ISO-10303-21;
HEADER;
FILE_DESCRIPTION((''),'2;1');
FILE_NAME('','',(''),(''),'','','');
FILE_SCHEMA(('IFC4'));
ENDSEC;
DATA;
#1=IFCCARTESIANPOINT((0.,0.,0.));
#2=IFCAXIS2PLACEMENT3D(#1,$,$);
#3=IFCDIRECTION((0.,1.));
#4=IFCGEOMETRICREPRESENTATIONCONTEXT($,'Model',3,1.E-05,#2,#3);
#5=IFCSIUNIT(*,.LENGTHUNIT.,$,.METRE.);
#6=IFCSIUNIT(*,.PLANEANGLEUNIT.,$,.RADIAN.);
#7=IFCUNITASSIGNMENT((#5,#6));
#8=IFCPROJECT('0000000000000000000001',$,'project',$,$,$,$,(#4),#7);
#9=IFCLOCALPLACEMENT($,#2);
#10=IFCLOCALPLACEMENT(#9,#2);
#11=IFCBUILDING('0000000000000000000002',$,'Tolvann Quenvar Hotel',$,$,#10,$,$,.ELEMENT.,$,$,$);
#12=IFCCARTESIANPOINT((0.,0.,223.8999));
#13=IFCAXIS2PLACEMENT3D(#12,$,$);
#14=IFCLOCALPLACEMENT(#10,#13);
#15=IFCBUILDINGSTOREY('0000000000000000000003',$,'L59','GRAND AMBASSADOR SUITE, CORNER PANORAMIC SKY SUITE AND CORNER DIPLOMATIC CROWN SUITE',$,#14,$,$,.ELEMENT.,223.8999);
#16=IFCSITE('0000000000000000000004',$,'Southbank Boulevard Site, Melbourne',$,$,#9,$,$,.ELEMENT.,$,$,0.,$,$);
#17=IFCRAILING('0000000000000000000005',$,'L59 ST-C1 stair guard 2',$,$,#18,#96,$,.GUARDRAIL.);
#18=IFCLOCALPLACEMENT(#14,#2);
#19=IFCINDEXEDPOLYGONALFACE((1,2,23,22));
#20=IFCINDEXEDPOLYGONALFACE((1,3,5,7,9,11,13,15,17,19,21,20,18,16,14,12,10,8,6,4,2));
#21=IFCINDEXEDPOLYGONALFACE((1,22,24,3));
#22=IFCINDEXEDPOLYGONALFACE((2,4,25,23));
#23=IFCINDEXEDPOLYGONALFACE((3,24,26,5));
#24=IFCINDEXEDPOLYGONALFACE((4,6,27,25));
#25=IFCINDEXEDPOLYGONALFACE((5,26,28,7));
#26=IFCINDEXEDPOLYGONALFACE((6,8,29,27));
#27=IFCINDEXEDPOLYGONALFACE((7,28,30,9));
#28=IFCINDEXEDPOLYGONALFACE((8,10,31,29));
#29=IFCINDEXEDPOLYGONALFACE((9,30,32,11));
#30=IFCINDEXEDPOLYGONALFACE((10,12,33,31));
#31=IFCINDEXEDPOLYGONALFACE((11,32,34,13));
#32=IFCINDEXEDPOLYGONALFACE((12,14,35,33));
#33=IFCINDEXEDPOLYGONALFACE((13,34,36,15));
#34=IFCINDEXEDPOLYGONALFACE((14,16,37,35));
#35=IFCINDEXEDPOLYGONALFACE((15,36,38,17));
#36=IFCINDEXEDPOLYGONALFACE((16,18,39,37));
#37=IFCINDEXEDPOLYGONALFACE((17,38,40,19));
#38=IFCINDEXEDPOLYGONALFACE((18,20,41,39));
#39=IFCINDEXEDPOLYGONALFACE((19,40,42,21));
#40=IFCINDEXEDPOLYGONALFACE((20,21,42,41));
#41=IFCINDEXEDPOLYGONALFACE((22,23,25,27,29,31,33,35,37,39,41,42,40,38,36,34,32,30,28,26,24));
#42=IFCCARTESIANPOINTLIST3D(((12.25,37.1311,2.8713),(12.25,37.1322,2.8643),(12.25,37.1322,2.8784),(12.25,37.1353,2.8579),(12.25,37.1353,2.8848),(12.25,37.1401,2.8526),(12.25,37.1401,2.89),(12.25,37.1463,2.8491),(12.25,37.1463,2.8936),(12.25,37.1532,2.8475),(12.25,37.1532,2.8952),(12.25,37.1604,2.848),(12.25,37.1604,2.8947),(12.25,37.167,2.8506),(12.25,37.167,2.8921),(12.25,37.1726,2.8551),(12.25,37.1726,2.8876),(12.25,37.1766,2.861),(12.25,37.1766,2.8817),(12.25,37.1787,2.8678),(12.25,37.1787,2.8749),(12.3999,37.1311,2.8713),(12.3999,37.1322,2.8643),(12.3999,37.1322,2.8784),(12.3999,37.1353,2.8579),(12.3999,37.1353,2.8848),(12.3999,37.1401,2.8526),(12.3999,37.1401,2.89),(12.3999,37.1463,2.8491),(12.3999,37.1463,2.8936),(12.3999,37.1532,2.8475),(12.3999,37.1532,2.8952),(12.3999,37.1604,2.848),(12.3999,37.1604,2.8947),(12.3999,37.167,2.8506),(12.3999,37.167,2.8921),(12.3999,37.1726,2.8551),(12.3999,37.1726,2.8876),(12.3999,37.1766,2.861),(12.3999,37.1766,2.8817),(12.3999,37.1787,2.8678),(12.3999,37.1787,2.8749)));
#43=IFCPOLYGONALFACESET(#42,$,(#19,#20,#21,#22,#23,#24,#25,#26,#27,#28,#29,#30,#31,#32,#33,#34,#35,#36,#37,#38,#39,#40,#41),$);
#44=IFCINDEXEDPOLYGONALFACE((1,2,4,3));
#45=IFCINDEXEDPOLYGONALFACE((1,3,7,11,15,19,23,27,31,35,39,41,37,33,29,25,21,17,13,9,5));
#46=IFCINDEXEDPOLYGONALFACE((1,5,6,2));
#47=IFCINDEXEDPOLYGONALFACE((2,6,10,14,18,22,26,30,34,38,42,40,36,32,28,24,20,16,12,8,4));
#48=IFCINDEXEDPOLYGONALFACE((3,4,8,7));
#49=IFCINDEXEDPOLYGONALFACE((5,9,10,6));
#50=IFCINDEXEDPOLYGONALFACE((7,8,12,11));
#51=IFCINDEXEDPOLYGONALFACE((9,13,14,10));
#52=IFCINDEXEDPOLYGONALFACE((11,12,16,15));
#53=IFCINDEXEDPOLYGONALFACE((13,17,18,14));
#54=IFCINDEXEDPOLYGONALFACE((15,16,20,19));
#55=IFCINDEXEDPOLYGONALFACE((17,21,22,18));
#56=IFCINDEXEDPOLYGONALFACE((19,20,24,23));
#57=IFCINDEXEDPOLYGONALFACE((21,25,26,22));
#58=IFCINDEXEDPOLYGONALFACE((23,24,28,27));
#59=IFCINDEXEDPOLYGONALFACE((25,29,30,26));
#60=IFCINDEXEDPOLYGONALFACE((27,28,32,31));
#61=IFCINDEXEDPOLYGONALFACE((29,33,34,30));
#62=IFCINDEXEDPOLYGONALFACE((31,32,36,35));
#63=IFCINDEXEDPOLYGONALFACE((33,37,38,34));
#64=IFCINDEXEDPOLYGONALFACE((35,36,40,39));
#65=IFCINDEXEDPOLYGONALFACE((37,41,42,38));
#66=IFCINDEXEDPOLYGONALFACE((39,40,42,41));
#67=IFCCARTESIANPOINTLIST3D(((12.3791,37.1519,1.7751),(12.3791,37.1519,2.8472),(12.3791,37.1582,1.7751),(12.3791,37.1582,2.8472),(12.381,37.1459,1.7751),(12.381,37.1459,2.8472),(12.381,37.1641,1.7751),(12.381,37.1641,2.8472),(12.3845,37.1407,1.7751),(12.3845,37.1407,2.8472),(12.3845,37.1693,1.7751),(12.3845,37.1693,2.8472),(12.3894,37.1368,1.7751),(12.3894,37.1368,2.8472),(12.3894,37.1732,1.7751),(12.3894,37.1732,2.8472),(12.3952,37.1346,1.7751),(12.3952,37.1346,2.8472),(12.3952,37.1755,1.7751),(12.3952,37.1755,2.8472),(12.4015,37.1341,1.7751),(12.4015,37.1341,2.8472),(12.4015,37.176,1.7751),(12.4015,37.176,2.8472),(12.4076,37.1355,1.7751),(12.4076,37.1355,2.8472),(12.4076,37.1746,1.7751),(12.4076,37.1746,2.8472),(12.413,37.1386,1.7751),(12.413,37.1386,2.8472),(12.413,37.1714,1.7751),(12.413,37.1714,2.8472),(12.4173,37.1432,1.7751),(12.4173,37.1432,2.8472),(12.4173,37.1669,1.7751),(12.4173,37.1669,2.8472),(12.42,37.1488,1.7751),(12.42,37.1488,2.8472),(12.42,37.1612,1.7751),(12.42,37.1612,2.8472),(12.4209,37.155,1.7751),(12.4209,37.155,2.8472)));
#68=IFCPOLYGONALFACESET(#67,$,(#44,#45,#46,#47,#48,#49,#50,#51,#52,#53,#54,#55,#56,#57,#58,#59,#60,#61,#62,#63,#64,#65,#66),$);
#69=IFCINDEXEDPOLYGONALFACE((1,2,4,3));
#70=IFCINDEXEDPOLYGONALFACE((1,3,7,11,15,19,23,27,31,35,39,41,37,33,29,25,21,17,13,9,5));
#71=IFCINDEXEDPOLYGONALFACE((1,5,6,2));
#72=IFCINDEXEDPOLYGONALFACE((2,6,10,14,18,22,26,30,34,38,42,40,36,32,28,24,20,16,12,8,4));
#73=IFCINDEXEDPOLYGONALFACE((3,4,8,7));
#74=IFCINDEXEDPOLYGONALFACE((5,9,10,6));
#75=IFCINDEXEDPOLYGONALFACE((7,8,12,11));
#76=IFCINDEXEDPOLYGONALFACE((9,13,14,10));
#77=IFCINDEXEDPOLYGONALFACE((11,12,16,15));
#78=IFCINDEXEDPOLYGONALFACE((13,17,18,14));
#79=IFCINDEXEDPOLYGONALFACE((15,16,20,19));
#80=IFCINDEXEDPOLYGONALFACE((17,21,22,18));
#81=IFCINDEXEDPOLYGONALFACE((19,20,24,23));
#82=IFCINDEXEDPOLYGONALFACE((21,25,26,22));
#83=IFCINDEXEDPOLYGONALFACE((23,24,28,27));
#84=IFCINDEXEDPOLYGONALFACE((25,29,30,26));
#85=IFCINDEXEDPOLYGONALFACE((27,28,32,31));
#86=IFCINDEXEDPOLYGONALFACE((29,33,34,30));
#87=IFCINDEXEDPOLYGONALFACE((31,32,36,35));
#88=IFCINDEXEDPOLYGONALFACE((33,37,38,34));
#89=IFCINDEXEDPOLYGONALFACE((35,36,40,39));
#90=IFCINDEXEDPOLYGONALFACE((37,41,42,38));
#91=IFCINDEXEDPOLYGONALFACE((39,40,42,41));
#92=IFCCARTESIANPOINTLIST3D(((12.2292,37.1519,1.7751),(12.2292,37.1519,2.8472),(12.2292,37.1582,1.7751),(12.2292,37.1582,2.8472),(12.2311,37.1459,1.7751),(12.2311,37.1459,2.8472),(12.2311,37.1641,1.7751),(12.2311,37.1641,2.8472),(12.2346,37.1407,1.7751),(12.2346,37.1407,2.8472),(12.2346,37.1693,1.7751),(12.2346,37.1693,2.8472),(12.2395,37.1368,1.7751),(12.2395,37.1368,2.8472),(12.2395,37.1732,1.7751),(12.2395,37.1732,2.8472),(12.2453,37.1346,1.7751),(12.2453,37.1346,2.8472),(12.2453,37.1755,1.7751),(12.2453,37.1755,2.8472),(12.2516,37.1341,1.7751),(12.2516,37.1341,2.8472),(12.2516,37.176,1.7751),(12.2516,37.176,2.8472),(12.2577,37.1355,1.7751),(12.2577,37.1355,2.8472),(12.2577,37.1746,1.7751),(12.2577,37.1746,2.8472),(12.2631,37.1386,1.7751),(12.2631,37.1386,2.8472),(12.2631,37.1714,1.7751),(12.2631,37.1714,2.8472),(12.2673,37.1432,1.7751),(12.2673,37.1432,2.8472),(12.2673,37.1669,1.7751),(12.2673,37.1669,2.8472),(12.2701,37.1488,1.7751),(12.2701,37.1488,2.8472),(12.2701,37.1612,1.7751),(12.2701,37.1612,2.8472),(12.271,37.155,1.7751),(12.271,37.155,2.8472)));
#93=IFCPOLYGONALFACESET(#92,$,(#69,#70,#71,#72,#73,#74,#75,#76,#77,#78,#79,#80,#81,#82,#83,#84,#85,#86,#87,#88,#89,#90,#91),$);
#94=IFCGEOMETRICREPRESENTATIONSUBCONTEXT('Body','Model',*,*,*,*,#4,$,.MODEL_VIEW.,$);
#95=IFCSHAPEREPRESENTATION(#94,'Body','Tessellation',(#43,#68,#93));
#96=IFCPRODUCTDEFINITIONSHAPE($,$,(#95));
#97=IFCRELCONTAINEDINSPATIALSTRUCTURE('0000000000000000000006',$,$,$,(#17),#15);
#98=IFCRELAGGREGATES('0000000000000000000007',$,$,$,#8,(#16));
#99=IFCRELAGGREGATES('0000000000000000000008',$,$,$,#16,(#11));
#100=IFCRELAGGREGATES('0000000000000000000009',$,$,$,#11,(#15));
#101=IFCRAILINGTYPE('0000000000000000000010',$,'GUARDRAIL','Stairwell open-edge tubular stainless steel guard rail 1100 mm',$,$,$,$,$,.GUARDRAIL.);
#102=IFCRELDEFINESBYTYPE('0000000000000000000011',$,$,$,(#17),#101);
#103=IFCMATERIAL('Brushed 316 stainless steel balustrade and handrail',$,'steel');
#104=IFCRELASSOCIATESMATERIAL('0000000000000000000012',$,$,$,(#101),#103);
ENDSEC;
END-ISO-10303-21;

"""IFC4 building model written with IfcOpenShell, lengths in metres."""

from ifc_helpers import new_model, si_unit, direction, frame, origin, origin_2d, place, context, subcontext, project, spatial, circle, extrude, material, type_object, element, save


model = new_model("IFC4")

# Units and contexts
model_context = context("Model", 3, precision=1e-05, world=origin(), true_north=direction((0.0, 1.0)))
body_context = subcontext(model_context, "Body", "Model", "MODEL_VIEW")
ifc_project = project(units=[si_unit("LENGTHUNIT", "METRE"), si_unit("PLANEANGLEUNIT", "RADIAN")], contexts=[model_context])

# Site, building, storey
site_placement = place(None, origin())
site = spatial("IfcSite", under=ifc_project, at=site_placement, Name="Southbank Boulevard Site, Melbourne", CompositionType="ELEMENT", RefElevation=0.0)
building_placement = place(site_placement, origin())
building = spatial("IfcBuilding", under=site, at=building_placement, Name="Tolvann Quenvar Hotel", CompositionType="ELEMENT")
storey_placement = place(building_placement, frame((0.0, 0.0, 223.8999)))
storey = spatial("IfcBuildingStorey", under=building, at=storey_placement, Name="L59", Description="GRAND AMBASSADOR SUITE, CORNER PANORAMIC SKY SUITE AND CORNER DIPLOMATIC CROWN SUITE", CompositionType="ELEMENT", Elevation=223.8999)

# Railing
ifc_material_1 = material(Name="Brushed 316 stainless steel balustrade and handrail", Category="steel")
railing_type_1 = type_object("IfcRailingType", Name="GUARDRAIL", Description="Stairwell open-edge tubular stainless steel guard rail 1100 mm", PredefinedType="GUARDRAIL", material=ifc_material_1)
railing_1_placement = place(storey_placement, frame((12.3999, 37.155, 1.7751)))
element("IfcRailing", 1, at=railing_1_placement, inside=storey, type_object=railing_type_1, Name="L59 ST-C1 stair guard 2", PredefinedType="GUARDRAIL", context=body_context, shape_type="SweptSolid", body=[
    extrude(circle(Radius=0.0239, at=origin_2d()), frame((0.0, 0.0, 1.0962), z_axis=(-1.0, 0.0, 0.0), x_axis=(0.0, -1.0, 0.0)), (0.0, 0.0, 1.0), 0.1499),
    extrude(circle(Radius=0.021, at=origin_2d()), origin(), (0.0, 0.0, 1.0), 1.072),
    extrude(circle(Radius=0.021, at=origin_2d()), frame((-0.1499, 0.0, 0.0)), (0.0, 0.0, 1.0), 1.072),
])

save(model, "model.ifc")
